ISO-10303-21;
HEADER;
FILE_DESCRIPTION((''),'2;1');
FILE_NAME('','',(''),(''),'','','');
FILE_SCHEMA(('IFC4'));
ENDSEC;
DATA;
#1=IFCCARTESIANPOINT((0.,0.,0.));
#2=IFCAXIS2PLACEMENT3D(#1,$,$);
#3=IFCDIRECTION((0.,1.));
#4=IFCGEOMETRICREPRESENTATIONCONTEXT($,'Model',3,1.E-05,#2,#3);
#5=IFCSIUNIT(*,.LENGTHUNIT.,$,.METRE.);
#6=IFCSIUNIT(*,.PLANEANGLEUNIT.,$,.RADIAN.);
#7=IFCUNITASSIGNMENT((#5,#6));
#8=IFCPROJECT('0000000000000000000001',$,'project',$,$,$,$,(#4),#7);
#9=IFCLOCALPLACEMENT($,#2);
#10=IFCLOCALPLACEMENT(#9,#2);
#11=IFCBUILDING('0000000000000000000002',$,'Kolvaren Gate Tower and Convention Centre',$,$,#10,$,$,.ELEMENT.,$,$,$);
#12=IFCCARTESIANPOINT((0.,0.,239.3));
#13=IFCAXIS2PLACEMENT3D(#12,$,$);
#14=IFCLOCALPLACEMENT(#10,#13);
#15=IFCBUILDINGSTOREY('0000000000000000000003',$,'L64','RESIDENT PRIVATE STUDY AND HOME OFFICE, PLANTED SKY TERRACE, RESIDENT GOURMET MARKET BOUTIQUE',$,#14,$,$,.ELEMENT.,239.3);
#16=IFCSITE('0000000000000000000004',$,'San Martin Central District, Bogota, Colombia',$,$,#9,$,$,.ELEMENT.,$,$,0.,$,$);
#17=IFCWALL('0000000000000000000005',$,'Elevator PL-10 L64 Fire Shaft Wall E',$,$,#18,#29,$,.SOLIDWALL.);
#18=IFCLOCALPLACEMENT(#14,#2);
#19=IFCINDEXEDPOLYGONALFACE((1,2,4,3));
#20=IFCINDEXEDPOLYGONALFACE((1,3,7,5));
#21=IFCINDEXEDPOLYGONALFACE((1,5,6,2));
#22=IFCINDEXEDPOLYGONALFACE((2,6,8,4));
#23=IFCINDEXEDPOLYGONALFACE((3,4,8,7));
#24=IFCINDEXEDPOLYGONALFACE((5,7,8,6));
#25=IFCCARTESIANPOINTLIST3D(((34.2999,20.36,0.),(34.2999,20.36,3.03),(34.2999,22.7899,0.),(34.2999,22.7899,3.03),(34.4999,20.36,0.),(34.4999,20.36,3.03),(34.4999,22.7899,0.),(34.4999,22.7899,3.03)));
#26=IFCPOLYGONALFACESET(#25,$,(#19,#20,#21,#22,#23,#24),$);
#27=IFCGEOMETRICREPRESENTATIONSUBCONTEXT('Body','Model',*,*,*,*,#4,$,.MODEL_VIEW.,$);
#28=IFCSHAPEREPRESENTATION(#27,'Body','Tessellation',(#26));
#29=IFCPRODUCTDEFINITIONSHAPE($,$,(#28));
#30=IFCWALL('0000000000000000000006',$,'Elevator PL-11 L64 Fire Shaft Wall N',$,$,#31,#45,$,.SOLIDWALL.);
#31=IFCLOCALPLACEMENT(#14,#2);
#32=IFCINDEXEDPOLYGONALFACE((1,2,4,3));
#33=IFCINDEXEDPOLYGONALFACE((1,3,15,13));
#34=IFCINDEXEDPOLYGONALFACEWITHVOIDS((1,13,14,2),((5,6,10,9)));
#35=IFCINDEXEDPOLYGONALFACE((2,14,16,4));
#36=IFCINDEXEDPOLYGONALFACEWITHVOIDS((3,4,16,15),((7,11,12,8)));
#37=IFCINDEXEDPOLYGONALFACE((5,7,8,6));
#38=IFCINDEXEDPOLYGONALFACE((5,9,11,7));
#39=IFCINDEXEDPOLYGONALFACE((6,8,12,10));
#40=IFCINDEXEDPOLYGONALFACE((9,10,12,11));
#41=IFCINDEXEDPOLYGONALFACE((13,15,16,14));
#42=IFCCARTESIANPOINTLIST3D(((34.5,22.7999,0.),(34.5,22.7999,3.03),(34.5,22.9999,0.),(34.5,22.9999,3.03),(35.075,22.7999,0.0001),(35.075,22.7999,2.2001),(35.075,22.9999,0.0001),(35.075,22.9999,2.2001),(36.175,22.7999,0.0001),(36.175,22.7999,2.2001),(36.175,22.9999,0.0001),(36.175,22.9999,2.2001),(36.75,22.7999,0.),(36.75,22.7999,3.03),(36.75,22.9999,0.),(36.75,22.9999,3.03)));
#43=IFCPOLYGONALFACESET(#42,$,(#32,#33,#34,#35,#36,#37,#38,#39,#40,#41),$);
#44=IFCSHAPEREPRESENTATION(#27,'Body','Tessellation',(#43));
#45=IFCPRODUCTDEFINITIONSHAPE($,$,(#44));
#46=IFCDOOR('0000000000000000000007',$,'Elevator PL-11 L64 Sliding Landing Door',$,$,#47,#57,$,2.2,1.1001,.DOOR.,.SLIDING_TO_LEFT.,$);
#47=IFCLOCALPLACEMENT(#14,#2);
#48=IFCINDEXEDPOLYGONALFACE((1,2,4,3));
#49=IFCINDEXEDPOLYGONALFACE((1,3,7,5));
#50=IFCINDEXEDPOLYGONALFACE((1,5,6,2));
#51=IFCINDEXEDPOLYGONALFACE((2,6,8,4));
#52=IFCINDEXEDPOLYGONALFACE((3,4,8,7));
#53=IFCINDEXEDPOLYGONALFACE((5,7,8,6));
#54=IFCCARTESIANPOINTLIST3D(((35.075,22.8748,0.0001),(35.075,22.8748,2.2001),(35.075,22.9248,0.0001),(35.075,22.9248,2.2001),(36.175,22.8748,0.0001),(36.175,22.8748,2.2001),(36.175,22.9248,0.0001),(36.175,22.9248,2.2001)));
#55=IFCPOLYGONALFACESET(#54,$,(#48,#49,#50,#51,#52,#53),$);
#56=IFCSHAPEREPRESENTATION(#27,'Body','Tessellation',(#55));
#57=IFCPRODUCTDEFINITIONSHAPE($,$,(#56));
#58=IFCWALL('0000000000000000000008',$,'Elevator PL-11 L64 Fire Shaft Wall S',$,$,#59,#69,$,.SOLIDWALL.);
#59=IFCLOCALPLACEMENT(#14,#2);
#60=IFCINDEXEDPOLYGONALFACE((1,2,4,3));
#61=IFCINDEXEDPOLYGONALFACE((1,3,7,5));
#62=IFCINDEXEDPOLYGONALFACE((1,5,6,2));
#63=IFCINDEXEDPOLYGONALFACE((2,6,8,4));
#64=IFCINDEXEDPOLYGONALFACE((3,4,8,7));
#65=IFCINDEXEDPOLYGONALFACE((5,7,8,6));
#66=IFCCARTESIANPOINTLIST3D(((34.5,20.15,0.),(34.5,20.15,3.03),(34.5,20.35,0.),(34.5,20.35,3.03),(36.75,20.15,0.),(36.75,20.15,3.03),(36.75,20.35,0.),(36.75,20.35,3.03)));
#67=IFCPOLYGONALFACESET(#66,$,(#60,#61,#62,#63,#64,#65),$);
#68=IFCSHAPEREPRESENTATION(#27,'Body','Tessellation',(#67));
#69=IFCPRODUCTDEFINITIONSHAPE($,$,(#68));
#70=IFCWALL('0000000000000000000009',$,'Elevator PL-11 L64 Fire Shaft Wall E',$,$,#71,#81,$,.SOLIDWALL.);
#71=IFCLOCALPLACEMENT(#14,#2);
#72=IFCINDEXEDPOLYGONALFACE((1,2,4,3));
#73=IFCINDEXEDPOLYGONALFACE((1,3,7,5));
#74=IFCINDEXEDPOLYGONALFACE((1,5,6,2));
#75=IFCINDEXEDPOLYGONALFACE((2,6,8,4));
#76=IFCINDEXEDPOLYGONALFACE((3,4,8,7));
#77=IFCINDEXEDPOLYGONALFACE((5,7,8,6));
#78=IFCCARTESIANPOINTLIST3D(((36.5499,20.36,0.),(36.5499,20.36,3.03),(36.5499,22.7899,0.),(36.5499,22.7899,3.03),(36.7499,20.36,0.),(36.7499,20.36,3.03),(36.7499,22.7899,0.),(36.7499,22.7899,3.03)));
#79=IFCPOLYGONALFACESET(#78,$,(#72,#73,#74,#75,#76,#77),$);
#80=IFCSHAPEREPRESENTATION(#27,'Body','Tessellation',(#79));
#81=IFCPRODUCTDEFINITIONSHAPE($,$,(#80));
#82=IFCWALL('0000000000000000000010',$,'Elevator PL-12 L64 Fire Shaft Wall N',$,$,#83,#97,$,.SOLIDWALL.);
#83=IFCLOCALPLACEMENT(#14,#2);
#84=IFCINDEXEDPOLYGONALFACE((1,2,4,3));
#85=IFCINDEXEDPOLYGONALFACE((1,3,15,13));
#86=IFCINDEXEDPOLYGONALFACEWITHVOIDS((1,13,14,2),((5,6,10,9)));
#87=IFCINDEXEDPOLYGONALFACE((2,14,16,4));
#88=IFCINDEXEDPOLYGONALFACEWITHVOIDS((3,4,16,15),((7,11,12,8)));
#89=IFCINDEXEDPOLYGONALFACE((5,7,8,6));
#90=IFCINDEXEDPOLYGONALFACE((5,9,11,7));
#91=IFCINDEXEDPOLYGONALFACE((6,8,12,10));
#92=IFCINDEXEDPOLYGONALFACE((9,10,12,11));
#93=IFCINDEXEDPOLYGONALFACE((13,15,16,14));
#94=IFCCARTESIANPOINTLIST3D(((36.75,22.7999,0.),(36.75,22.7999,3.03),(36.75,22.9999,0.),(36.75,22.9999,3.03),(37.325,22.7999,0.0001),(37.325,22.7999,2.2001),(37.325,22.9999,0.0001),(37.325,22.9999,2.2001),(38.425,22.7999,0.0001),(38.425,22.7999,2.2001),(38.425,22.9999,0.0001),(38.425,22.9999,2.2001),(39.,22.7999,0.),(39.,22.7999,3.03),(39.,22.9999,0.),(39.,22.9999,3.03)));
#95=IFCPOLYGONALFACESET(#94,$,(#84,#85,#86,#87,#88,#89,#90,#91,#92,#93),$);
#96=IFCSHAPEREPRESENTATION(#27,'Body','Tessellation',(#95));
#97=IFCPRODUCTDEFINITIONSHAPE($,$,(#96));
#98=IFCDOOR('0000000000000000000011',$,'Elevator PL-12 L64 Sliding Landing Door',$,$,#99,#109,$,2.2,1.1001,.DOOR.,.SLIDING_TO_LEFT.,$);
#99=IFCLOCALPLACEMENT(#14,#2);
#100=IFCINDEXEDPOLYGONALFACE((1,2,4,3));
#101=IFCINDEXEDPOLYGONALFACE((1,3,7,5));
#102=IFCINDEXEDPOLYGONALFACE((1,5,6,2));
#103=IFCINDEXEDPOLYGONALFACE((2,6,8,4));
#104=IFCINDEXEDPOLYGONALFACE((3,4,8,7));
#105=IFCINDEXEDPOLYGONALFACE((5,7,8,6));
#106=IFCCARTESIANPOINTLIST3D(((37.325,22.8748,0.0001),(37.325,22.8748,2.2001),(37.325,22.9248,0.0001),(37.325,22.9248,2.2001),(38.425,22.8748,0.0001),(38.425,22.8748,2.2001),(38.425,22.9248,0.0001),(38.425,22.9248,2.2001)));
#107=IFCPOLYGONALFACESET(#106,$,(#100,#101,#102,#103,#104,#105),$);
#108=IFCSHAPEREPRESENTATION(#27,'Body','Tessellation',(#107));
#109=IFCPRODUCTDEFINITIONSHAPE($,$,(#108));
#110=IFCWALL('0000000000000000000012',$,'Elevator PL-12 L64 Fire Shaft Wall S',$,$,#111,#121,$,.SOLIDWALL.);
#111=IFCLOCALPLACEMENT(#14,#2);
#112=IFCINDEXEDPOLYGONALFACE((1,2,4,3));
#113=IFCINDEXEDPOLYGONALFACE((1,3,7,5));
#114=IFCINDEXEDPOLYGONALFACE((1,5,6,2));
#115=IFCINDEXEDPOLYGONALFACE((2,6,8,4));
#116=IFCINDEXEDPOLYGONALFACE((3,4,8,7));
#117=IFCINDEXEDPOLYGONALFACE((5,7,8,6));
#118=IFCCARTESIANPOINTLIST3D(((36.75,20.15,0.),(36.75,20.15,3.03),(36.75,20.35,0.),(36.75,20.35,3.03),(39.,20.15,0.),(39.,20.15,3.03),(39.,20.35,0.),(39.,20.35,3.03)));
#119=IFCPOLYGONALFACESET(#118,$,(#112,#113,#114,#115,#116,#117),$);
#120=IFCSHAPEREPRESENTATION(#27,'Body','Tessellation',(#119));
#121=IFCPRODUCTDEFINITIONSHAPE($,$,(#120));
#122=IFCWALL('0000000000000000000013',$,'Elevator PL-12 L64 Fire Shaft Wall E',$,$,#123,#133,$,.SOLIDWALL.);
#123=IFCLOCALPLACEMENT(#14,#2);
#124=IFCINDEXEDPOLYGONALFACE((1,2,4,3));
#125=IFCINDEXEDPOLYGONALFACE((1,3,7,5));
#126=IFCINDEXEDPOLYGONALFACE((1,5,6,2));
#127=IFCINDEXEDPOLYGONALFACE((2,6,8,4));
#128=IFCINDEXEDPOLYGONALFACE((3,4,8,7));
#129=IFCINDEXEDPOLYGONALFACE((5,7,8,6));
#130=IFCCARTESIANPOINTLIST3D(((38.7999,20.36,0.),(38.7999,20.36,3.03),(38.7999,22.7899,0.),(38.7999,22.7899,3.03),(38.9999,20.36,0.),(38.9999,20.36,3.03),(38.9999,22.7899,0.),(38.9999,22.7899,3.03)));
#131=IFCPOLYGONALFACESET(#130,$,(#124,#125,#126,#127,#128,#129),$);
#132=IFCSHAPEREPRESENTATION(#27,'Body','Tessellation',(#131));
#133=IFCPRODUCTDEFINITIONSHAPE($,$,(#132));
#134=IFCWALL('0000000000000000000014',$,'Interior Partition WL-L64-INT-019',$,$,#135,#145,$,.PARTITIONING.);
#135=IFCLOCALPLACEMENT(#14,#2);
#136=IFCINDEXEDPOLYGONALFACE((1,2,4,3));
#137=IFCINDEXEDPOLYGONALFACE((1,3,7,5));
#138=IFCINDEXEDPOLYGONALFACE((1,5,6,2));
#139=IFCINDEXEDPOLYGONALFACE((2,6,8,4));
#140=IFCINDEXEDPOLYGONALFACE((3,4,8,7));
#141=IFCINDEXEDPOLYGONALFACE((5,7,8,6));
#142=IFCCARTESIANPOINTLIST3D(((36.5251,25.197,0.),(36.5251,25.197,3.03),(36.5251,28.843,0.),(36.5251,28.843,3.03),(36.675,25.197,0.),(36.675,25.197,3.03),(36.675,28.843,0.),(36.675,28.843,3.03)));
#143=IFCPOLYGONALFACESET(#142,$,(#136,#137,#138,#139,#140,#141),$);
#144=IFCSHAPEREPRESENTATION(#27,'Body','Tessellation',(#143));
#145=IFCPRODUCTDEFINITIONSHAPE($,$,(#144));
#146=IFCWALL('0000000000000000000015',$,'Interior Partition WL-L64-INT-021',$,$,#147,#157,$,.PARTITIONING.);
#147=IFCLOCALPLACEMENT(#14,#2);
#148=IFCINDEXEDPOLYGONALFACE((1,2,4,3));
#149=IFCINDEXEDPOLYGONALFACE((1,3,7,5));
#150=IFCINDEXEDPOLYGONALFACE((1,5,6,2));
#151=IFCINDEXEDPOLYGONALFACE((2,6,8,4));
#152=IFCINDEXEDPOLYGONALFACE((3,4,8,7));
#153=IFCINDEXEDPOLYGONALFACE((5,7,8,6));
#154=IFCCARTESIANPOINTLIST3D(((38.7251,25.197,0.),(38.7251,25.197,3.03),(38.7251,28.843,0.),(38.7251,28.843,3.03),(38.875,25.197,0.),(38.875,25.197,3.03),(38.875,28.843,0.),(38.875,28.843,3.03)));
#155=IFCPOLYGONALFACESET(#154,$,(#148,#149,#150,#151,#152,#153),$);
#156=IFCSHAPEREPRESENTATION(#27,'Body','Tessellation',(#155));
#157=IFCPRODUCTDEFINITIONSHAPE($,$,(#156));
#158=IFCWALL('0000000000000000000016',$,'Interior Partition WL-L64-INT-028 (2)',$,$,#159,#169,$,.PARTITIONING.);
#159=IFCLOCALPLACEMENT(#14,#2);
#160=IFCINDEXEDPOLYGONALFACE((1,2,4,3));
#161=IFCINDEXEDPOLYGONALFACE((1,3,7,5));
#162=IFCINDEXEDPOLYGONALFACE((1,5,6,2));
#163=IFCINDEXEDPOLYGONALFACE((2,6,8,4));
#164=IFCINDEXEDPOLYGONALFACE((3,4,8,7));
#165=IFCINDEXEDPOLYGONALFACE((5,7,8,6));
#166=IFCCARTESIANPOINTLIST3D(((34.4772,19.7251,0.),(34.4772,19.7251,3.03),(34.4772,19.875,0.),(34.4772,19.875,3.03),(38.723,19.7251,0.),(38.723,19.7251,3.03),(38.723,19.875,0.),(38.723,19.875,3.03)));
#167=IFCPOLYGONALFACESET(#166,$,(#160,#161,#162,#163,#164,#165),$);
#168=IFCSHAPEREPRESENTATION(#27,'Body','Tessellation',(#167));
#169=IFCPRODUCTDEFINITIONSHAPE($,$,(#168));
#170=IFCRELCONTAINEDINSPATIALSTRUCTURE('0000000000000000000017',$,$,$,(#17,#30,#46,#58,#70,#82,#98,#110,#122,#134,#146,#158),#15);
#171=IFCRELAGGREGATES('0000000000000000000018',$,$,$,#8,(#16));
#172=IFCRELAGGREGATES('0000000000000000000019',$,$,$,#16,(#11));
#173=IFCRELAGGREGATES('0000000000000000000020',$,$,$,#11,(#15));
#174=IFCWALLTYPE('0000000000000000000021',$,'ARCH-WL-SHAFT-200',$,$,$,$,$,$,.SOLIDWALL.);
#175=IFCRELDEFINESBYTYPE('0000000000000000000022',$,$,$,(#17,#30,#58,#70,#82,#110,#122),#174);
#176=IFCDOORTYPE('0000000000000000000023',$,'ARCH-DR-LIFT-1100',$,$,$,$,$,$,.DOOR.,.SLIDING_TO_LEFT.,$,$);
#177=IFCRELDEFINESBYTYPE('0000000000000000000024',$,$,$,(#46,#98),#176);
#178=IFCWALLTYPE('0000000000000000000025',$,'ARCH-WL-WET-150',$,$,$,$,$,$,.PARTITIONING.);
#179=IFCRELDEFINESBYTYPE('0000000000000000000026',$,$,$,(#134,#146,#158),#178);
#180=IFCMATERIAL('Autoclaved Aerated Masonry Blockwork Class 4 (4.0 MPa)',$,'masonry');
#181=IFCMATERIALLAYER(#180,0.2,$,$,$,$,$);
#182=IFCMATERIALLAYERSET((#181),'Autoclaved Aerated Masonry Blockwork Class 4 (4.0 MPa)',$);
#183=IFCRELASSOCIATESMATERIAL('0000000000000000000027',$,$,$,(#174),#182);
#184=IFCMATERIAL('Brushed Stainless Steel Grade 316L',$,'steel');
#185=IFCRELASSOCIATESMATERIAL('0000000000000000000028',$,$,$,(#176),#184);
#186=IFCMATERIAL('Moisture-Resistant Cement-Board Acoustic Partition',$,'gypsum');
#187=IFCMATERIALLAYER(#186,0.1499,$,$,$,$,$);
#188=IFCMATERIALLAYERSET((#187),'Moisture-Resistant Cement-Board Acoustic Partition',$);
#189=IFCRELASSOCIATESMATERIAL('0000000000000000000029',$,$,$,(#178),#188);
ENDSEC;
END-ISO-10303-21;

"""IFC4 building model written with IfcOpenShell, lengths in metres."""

from ifc_helpers import new_model, si_unit, direction, frame, frame_2d, origin, place, context, subcontext, project, spatial, rectangle, extrude, material, layer, layer_set, type_object, element, fill, save


model = new_model("IFC4")

# Units and contexts
model_context = context("Model", 3, precision=1e-05, world=origin(), true_north=direction((0.0, 1.0)))
body_context = subcontext(model_context, "Body", "Model", "MODEL_VIEW")
ifc_project = project(units=[si_unit("LENGTHUNIT", "METRE"), si_unit("PLANEANGLEUNIT", "RADIAN")], contexts=[model_context])

# Site, building, storey
site_placement = place(None, origin())
site = spatial("IfcSite", under=ifc_project, at=site_placement, Name="San Martin Central District, Bogota, Colombia", CompositionType="ELEMENT", RefElevation=0.0)
building_placement = place(site_placement, origin())
building = spatial("IfcBuilding", under=site, at=building_placement, Name="Kolvaren Gate Tower and Convention Centre", CompositionType="ELEMENT")
storey_placement = place(building_placement, frame((0.0, 0.0, 239.3)))
storey = spatial("IfcBuildingStorey", under=building, at=storey_placement, Name="L64", Description="RESIDENT PRIVATE STUDY AND HOME OFFICE, PLANTED SKY TERRACE, RESIDENT GOURMET MARKET BOUTIQUE", CompositionType="ELEMENT", Elevation=239.3)

# Shared definitions
ifc_material_1 = material(Name="Autoclaved Aerated Masonry Blockwork Class 4 (4.0 MPa)", Category="masonry")
ifc_layer_1 = layer(ifc_material_1, 0.2)
ifc_layer_set_1 = layer_set([ifc_layer_1], Name="Autoclaved Aerated Masonry Blockwork Class 4 (4.0 MPa)")
wall_type_1 = type_object("IfcWallType", Name="ARCH-WL-SHAFT-200", PredefinedType="SOLIDWALL", material=ifc_layer_set_1)
ifc_material_2 = material(Name="Brushed Stainless Steel Grade 316L", Category="steel")
door_type = type_object("IfcDoorType", Name="ARCH-DR-LIFT-1100", OperationType="SLIDING_TO_LEFT", PredefinedType="DOOR", material=ifc_material_2)

# Wall
wall_1_placement = place(storey_placement, frame((34.3999, 20.3601, 0.0), z_axis=(0.0, 0.0, 1.0), x_axis=(0.0, 1.0, 0.0)))
element("IfcWall", 1, at=wall_1_placement, inside=storey, type_object=wall_type_1, Name="Elevator PL-10 L64 Fire Shaft Wall E", PredefinedType="SOLIDWALL", context=body_context, shape_type="SweptSolid", body=[
    extrude(rectangle(XDim=2.4299, YDim=0.2, at=frame_2d((1.2148, 0.0))), origin(), (0.0, 0.0, 1.0), 3.03),
])

# Wall, opening, door
wall_2_placement = place(storey_placement, frame((34.5, 22.8999, 0.0), z_axis=(0.0, 0.0, 1.0), x_axis=(1.0, 0.0, 0.0)))
wall_2 = element("IfcWall", 2, at=wall_2_placement, inside=storey, type_object=wall_type_1, Name="Elevator PL-11 L64 Fire Shaft Wall N", PredefinedType="SOLIDWALL", context=body_context, shape_type="SweptSolid", body=[
    extrude(rectangle(XDim=2.25, YDim=0.2, at=frame_2d((1.125, 0.0))), origin(), (0.0, 0.0, 1.0), 3.03),
])
opening_1_placement = place(wall_2_placement, frame((0.575, 0.0, 0.0)))
opening_1 = element("IfcOpeningElement", 3, at=opening_1_placement, cuts=wall_2, PredefinedType="OPENING", context=body_context, shape_type="SweptSolid", body=[
    extrude(rectangle(XDim=1.1001, YDim=2.2, at=frame_2d((0.55, 1.1001))), frame((0.0, 0.1099, 0.0), z_axis=(0.0, -1.0, 0.0), x_axis=(1.0, 0.0, 0.0)), (0.0, 0.0, 1.0), 0.22),
])
door_1_placement = place(opening_1_placement, origin())
door_1 = element("IfcDoor", 4, at=door_1_placement, inside=storey, type_object=door_type, Name="Elevator PL-11 L64 Sliding Landing Door", OperationType="SLIDING_TO_LEFT", OverallHeight=2.2, OverallWidth=1.1001, PredefinedType="DOOR", context=body_context, shape_type="SweptSolid", body=[
    extrude(rectangle(XDim=1.1001, YDim=2.2, at=frame_2d((0.55, 1.1001))), frame((0.0, 0.0249, 0.0), z_axis=(0.0, -1.0, 0.0), x_axis=(1.0, 0.0, 0.0)), (0.0, 0.0, 1.0), 0.05),
])
fill(opening_1, door_1)

# Walls
wall_3_placement = place(storey_placement, frame((34.5, 20.25, 0.0), z_axis=(0.0, 0.0, 1.0), x_axis=(1.0, 0.0, 0.0)))
element("IfcWall", 5, at=wall_3_placement, inside=storey, type_object=wall_type_1, Name="Elevator PL-11 L64 Fire Shaft Wall S", PredefinedType="SOLIDWALL", context=body_context, shape_type="SweptSolid", body=[
    extrude(rectangle(XDim=2.25, YDim=0.2, at=frame_2d((1.125, 0.0))), origin(), (0.0, 0.0, 1.0), 3.03),
])
wall_4_placement = place(storey_placement, frame((36.6499, 20.3601, 0.0), z_axis=(0.0, 0.0, 1.0), x_axis=(0.0, 1.0, 0.0)))
element("IfcWall", 6, at=wall_4_placement, inside=storey, type_object=wall_type_1, Name="Elevator PL-11 L64 Fire Shaft Wall E", PredefinedType="SOLIDWALL", context=body_context, shape_type="SweptSolid", body=[
    extrude(rectangle(XDim=2.4299, YDim=0.2, at=frame_2d((1.2148, 0.0))), origin(), (0.0, 0.0, 1.0), 3.03),
])

# Wall, opening, door
wall_5_placement = place(storey_placement, frame((36.75, 22.8999, 0.0), z_axis=(0.0, 0.0, 1.0), x_axis=(1.0, 0.0, 0.0)))
wall_5 = element("IfcWall", 7, at=wall_5_placement, inside=storey, type_object=wall_type_1, Name="Elevator PL-12 L64 Fire Shaft Wall N", PredefinedType="SOLIDWALL", context=body_context, shape_type="SweptSolid", body=[
    extrude(rectangle(XDim=2.25, YDim=0.2, at=frame_2d((1.125, 0.0))), origin(), (0.0, 0.0, 1.0), 3.03),
])
opening_2_placement = place(wall_5_placement, frame((0.575, 0.0, 0.0)))
opening_2 = element("IfcOpeningElement", 8, at=opening_2_placement, cuts=wall_5, PredefinedType="OPENING", context=body_context, shape_type="SweptSolid", body=[
    extrude(rectangle(XDim=1.1001, YDim=2.2, at=frame_2d((0.55, 1.1001))), frame((0.0, 0.1099, 0.0), z_axis=(0.0, -1.0, 0.0), x_axis=(1.0, 0.0, 0.0)), (0.0, 0.0, 1.0), 0.22),
])
door_2_placement = place(opening_2_placement, origin())
door_2 = element("IfcDoor", 9, at=door_2_placement, inside=storey, type_object=door_type, Name="Elevator PL-12 L64 Sliding Landing Door", OperationType="SLIDING_TO_LEFT", OverallHeight=2.2, OverallWidth=1.1001, PredefinedType="DOOR", context=body_context, shape_type="SweptSolid", body=[
    extrude(rectangle(XDim=1.1001, YDim=2.2, at=frame_2d((0.55, 1.1001))), frame((0.0, 0.0249, 0.0), z_axis=(0.0, -1.0, 0.0), x_axis=(1.0, 0.0, 0.0)), (0.0, 0.0, 1.0), 0.05),
])
fill(opening_2, door_2)

# Walls
wall_6_placement = place(storey_placement, frame((36.75, 20.25, 0.0), z_axis=(0.0, 0.0, 1.0), x_axis=(1.0, 0.0, 0.0)))
element("IfcWall", 10, at=wall_6_placement, inside=storey, type_object=wall_type_1, Name="Elevator PL-12 L64 Fire Shaft Wall S", PredefinedType="SOLIDWALL", context=body_context, shape_type="SweptSolid", body=[
    extrude(rectangle(XDim=2.25, YDim=0.2, at=frame_2d((1.125, 0.0))), origin(), (0.0, 0.0, 1.0), 3.03),
])
wall_7_placement = place(storey_placement, frame((38.8999, 20.3601, 0.0), z_axis=(0.0, 0.0, 1.0), x_axis=(0.0, 1.0, 0.0)))
element("IfcWall", 11, at=wall_7_placement, inside=storey, type_object=wall_type_1, Name="Elevator PL-12 L64 Fire Shaft Wall E", PredefinedType="SOLIDWALL", context=body_context, shape_type="SweptSolid", body=[
    extrude(rectangle(XDim=2.4299, YDim=0.2, at=frame_2d((1.2148, 0.0))), origin(), (0.0, 0.0, 1.0), 3.03),
])
ifc_material_3 = material(Name="Moisture-Resistant Cement-Board Acoustic Partition", Category="gypsum")
ifc_layer_2 = layer(ifc_material_3, 0.1499)
ifc_layer_set_2 = layer_set([ifc_layer_2], Name="Moisture-Resistant Cement-Board Acoustic Partition")
wall_type_2 = type_object("IfcWallType", Name="ARCH-WL-WET-150", PredefinedType="PARTITIONING", material=ifc_layer_set_2)
for number, where, z_axis, x_axis, name in (
    (12, (36.6001, 25.197, 0.0), (0.0, 0.0, 1.0), (0.0, 1.0, 0.0), "Interior Partition WL-L64-INT-019"),
    (13, (38.8, 25.197, 0.0), (0.0, 0.0, 1.0), (0.0, 1.0, 0.0), "Interior Partition WL-L64-INT-021"),
):
    element("IfcWall", number, at=place(storey_placement, frame(where, z_axis=z_axis, x_axis=x_axis)), inside=storey, type_object=wall_type_2, Name=name, PredefinedType="PARTITIONING", context=body_context, shape_type="SweptSolid", body=[
        extrude(rectangle(XDim=3.646, YDim=0.1499, at=frame_2d((1.823, 0.0))), origin(), (0.0, 0.0, 1.0), 3.03),
    ])
wall_8_placement = place(storey_placement, frame((34.4771, 19.8, 0.0), z_axis=(0.0, 0.0, 1.0), x_axis=(1.0, 0.0, 0.0)))
element("IfcWall", 14, at=wall_8_placement, inside=storey, type_object=wall_type_2, Name="Interior Partition WL-L64-INT-028 (2)", PredefinedType="PARTITIONING", context=body_context, shape_type="SweptSolid", body=[
    extrude(rectangle(XDim=4.2458, YDim=0.1499, at=frame_2d((2.123, 0.0))), origin(), (0.0, 0.0, 1.0), 3.03),
])

save(model, "model.ifc")
